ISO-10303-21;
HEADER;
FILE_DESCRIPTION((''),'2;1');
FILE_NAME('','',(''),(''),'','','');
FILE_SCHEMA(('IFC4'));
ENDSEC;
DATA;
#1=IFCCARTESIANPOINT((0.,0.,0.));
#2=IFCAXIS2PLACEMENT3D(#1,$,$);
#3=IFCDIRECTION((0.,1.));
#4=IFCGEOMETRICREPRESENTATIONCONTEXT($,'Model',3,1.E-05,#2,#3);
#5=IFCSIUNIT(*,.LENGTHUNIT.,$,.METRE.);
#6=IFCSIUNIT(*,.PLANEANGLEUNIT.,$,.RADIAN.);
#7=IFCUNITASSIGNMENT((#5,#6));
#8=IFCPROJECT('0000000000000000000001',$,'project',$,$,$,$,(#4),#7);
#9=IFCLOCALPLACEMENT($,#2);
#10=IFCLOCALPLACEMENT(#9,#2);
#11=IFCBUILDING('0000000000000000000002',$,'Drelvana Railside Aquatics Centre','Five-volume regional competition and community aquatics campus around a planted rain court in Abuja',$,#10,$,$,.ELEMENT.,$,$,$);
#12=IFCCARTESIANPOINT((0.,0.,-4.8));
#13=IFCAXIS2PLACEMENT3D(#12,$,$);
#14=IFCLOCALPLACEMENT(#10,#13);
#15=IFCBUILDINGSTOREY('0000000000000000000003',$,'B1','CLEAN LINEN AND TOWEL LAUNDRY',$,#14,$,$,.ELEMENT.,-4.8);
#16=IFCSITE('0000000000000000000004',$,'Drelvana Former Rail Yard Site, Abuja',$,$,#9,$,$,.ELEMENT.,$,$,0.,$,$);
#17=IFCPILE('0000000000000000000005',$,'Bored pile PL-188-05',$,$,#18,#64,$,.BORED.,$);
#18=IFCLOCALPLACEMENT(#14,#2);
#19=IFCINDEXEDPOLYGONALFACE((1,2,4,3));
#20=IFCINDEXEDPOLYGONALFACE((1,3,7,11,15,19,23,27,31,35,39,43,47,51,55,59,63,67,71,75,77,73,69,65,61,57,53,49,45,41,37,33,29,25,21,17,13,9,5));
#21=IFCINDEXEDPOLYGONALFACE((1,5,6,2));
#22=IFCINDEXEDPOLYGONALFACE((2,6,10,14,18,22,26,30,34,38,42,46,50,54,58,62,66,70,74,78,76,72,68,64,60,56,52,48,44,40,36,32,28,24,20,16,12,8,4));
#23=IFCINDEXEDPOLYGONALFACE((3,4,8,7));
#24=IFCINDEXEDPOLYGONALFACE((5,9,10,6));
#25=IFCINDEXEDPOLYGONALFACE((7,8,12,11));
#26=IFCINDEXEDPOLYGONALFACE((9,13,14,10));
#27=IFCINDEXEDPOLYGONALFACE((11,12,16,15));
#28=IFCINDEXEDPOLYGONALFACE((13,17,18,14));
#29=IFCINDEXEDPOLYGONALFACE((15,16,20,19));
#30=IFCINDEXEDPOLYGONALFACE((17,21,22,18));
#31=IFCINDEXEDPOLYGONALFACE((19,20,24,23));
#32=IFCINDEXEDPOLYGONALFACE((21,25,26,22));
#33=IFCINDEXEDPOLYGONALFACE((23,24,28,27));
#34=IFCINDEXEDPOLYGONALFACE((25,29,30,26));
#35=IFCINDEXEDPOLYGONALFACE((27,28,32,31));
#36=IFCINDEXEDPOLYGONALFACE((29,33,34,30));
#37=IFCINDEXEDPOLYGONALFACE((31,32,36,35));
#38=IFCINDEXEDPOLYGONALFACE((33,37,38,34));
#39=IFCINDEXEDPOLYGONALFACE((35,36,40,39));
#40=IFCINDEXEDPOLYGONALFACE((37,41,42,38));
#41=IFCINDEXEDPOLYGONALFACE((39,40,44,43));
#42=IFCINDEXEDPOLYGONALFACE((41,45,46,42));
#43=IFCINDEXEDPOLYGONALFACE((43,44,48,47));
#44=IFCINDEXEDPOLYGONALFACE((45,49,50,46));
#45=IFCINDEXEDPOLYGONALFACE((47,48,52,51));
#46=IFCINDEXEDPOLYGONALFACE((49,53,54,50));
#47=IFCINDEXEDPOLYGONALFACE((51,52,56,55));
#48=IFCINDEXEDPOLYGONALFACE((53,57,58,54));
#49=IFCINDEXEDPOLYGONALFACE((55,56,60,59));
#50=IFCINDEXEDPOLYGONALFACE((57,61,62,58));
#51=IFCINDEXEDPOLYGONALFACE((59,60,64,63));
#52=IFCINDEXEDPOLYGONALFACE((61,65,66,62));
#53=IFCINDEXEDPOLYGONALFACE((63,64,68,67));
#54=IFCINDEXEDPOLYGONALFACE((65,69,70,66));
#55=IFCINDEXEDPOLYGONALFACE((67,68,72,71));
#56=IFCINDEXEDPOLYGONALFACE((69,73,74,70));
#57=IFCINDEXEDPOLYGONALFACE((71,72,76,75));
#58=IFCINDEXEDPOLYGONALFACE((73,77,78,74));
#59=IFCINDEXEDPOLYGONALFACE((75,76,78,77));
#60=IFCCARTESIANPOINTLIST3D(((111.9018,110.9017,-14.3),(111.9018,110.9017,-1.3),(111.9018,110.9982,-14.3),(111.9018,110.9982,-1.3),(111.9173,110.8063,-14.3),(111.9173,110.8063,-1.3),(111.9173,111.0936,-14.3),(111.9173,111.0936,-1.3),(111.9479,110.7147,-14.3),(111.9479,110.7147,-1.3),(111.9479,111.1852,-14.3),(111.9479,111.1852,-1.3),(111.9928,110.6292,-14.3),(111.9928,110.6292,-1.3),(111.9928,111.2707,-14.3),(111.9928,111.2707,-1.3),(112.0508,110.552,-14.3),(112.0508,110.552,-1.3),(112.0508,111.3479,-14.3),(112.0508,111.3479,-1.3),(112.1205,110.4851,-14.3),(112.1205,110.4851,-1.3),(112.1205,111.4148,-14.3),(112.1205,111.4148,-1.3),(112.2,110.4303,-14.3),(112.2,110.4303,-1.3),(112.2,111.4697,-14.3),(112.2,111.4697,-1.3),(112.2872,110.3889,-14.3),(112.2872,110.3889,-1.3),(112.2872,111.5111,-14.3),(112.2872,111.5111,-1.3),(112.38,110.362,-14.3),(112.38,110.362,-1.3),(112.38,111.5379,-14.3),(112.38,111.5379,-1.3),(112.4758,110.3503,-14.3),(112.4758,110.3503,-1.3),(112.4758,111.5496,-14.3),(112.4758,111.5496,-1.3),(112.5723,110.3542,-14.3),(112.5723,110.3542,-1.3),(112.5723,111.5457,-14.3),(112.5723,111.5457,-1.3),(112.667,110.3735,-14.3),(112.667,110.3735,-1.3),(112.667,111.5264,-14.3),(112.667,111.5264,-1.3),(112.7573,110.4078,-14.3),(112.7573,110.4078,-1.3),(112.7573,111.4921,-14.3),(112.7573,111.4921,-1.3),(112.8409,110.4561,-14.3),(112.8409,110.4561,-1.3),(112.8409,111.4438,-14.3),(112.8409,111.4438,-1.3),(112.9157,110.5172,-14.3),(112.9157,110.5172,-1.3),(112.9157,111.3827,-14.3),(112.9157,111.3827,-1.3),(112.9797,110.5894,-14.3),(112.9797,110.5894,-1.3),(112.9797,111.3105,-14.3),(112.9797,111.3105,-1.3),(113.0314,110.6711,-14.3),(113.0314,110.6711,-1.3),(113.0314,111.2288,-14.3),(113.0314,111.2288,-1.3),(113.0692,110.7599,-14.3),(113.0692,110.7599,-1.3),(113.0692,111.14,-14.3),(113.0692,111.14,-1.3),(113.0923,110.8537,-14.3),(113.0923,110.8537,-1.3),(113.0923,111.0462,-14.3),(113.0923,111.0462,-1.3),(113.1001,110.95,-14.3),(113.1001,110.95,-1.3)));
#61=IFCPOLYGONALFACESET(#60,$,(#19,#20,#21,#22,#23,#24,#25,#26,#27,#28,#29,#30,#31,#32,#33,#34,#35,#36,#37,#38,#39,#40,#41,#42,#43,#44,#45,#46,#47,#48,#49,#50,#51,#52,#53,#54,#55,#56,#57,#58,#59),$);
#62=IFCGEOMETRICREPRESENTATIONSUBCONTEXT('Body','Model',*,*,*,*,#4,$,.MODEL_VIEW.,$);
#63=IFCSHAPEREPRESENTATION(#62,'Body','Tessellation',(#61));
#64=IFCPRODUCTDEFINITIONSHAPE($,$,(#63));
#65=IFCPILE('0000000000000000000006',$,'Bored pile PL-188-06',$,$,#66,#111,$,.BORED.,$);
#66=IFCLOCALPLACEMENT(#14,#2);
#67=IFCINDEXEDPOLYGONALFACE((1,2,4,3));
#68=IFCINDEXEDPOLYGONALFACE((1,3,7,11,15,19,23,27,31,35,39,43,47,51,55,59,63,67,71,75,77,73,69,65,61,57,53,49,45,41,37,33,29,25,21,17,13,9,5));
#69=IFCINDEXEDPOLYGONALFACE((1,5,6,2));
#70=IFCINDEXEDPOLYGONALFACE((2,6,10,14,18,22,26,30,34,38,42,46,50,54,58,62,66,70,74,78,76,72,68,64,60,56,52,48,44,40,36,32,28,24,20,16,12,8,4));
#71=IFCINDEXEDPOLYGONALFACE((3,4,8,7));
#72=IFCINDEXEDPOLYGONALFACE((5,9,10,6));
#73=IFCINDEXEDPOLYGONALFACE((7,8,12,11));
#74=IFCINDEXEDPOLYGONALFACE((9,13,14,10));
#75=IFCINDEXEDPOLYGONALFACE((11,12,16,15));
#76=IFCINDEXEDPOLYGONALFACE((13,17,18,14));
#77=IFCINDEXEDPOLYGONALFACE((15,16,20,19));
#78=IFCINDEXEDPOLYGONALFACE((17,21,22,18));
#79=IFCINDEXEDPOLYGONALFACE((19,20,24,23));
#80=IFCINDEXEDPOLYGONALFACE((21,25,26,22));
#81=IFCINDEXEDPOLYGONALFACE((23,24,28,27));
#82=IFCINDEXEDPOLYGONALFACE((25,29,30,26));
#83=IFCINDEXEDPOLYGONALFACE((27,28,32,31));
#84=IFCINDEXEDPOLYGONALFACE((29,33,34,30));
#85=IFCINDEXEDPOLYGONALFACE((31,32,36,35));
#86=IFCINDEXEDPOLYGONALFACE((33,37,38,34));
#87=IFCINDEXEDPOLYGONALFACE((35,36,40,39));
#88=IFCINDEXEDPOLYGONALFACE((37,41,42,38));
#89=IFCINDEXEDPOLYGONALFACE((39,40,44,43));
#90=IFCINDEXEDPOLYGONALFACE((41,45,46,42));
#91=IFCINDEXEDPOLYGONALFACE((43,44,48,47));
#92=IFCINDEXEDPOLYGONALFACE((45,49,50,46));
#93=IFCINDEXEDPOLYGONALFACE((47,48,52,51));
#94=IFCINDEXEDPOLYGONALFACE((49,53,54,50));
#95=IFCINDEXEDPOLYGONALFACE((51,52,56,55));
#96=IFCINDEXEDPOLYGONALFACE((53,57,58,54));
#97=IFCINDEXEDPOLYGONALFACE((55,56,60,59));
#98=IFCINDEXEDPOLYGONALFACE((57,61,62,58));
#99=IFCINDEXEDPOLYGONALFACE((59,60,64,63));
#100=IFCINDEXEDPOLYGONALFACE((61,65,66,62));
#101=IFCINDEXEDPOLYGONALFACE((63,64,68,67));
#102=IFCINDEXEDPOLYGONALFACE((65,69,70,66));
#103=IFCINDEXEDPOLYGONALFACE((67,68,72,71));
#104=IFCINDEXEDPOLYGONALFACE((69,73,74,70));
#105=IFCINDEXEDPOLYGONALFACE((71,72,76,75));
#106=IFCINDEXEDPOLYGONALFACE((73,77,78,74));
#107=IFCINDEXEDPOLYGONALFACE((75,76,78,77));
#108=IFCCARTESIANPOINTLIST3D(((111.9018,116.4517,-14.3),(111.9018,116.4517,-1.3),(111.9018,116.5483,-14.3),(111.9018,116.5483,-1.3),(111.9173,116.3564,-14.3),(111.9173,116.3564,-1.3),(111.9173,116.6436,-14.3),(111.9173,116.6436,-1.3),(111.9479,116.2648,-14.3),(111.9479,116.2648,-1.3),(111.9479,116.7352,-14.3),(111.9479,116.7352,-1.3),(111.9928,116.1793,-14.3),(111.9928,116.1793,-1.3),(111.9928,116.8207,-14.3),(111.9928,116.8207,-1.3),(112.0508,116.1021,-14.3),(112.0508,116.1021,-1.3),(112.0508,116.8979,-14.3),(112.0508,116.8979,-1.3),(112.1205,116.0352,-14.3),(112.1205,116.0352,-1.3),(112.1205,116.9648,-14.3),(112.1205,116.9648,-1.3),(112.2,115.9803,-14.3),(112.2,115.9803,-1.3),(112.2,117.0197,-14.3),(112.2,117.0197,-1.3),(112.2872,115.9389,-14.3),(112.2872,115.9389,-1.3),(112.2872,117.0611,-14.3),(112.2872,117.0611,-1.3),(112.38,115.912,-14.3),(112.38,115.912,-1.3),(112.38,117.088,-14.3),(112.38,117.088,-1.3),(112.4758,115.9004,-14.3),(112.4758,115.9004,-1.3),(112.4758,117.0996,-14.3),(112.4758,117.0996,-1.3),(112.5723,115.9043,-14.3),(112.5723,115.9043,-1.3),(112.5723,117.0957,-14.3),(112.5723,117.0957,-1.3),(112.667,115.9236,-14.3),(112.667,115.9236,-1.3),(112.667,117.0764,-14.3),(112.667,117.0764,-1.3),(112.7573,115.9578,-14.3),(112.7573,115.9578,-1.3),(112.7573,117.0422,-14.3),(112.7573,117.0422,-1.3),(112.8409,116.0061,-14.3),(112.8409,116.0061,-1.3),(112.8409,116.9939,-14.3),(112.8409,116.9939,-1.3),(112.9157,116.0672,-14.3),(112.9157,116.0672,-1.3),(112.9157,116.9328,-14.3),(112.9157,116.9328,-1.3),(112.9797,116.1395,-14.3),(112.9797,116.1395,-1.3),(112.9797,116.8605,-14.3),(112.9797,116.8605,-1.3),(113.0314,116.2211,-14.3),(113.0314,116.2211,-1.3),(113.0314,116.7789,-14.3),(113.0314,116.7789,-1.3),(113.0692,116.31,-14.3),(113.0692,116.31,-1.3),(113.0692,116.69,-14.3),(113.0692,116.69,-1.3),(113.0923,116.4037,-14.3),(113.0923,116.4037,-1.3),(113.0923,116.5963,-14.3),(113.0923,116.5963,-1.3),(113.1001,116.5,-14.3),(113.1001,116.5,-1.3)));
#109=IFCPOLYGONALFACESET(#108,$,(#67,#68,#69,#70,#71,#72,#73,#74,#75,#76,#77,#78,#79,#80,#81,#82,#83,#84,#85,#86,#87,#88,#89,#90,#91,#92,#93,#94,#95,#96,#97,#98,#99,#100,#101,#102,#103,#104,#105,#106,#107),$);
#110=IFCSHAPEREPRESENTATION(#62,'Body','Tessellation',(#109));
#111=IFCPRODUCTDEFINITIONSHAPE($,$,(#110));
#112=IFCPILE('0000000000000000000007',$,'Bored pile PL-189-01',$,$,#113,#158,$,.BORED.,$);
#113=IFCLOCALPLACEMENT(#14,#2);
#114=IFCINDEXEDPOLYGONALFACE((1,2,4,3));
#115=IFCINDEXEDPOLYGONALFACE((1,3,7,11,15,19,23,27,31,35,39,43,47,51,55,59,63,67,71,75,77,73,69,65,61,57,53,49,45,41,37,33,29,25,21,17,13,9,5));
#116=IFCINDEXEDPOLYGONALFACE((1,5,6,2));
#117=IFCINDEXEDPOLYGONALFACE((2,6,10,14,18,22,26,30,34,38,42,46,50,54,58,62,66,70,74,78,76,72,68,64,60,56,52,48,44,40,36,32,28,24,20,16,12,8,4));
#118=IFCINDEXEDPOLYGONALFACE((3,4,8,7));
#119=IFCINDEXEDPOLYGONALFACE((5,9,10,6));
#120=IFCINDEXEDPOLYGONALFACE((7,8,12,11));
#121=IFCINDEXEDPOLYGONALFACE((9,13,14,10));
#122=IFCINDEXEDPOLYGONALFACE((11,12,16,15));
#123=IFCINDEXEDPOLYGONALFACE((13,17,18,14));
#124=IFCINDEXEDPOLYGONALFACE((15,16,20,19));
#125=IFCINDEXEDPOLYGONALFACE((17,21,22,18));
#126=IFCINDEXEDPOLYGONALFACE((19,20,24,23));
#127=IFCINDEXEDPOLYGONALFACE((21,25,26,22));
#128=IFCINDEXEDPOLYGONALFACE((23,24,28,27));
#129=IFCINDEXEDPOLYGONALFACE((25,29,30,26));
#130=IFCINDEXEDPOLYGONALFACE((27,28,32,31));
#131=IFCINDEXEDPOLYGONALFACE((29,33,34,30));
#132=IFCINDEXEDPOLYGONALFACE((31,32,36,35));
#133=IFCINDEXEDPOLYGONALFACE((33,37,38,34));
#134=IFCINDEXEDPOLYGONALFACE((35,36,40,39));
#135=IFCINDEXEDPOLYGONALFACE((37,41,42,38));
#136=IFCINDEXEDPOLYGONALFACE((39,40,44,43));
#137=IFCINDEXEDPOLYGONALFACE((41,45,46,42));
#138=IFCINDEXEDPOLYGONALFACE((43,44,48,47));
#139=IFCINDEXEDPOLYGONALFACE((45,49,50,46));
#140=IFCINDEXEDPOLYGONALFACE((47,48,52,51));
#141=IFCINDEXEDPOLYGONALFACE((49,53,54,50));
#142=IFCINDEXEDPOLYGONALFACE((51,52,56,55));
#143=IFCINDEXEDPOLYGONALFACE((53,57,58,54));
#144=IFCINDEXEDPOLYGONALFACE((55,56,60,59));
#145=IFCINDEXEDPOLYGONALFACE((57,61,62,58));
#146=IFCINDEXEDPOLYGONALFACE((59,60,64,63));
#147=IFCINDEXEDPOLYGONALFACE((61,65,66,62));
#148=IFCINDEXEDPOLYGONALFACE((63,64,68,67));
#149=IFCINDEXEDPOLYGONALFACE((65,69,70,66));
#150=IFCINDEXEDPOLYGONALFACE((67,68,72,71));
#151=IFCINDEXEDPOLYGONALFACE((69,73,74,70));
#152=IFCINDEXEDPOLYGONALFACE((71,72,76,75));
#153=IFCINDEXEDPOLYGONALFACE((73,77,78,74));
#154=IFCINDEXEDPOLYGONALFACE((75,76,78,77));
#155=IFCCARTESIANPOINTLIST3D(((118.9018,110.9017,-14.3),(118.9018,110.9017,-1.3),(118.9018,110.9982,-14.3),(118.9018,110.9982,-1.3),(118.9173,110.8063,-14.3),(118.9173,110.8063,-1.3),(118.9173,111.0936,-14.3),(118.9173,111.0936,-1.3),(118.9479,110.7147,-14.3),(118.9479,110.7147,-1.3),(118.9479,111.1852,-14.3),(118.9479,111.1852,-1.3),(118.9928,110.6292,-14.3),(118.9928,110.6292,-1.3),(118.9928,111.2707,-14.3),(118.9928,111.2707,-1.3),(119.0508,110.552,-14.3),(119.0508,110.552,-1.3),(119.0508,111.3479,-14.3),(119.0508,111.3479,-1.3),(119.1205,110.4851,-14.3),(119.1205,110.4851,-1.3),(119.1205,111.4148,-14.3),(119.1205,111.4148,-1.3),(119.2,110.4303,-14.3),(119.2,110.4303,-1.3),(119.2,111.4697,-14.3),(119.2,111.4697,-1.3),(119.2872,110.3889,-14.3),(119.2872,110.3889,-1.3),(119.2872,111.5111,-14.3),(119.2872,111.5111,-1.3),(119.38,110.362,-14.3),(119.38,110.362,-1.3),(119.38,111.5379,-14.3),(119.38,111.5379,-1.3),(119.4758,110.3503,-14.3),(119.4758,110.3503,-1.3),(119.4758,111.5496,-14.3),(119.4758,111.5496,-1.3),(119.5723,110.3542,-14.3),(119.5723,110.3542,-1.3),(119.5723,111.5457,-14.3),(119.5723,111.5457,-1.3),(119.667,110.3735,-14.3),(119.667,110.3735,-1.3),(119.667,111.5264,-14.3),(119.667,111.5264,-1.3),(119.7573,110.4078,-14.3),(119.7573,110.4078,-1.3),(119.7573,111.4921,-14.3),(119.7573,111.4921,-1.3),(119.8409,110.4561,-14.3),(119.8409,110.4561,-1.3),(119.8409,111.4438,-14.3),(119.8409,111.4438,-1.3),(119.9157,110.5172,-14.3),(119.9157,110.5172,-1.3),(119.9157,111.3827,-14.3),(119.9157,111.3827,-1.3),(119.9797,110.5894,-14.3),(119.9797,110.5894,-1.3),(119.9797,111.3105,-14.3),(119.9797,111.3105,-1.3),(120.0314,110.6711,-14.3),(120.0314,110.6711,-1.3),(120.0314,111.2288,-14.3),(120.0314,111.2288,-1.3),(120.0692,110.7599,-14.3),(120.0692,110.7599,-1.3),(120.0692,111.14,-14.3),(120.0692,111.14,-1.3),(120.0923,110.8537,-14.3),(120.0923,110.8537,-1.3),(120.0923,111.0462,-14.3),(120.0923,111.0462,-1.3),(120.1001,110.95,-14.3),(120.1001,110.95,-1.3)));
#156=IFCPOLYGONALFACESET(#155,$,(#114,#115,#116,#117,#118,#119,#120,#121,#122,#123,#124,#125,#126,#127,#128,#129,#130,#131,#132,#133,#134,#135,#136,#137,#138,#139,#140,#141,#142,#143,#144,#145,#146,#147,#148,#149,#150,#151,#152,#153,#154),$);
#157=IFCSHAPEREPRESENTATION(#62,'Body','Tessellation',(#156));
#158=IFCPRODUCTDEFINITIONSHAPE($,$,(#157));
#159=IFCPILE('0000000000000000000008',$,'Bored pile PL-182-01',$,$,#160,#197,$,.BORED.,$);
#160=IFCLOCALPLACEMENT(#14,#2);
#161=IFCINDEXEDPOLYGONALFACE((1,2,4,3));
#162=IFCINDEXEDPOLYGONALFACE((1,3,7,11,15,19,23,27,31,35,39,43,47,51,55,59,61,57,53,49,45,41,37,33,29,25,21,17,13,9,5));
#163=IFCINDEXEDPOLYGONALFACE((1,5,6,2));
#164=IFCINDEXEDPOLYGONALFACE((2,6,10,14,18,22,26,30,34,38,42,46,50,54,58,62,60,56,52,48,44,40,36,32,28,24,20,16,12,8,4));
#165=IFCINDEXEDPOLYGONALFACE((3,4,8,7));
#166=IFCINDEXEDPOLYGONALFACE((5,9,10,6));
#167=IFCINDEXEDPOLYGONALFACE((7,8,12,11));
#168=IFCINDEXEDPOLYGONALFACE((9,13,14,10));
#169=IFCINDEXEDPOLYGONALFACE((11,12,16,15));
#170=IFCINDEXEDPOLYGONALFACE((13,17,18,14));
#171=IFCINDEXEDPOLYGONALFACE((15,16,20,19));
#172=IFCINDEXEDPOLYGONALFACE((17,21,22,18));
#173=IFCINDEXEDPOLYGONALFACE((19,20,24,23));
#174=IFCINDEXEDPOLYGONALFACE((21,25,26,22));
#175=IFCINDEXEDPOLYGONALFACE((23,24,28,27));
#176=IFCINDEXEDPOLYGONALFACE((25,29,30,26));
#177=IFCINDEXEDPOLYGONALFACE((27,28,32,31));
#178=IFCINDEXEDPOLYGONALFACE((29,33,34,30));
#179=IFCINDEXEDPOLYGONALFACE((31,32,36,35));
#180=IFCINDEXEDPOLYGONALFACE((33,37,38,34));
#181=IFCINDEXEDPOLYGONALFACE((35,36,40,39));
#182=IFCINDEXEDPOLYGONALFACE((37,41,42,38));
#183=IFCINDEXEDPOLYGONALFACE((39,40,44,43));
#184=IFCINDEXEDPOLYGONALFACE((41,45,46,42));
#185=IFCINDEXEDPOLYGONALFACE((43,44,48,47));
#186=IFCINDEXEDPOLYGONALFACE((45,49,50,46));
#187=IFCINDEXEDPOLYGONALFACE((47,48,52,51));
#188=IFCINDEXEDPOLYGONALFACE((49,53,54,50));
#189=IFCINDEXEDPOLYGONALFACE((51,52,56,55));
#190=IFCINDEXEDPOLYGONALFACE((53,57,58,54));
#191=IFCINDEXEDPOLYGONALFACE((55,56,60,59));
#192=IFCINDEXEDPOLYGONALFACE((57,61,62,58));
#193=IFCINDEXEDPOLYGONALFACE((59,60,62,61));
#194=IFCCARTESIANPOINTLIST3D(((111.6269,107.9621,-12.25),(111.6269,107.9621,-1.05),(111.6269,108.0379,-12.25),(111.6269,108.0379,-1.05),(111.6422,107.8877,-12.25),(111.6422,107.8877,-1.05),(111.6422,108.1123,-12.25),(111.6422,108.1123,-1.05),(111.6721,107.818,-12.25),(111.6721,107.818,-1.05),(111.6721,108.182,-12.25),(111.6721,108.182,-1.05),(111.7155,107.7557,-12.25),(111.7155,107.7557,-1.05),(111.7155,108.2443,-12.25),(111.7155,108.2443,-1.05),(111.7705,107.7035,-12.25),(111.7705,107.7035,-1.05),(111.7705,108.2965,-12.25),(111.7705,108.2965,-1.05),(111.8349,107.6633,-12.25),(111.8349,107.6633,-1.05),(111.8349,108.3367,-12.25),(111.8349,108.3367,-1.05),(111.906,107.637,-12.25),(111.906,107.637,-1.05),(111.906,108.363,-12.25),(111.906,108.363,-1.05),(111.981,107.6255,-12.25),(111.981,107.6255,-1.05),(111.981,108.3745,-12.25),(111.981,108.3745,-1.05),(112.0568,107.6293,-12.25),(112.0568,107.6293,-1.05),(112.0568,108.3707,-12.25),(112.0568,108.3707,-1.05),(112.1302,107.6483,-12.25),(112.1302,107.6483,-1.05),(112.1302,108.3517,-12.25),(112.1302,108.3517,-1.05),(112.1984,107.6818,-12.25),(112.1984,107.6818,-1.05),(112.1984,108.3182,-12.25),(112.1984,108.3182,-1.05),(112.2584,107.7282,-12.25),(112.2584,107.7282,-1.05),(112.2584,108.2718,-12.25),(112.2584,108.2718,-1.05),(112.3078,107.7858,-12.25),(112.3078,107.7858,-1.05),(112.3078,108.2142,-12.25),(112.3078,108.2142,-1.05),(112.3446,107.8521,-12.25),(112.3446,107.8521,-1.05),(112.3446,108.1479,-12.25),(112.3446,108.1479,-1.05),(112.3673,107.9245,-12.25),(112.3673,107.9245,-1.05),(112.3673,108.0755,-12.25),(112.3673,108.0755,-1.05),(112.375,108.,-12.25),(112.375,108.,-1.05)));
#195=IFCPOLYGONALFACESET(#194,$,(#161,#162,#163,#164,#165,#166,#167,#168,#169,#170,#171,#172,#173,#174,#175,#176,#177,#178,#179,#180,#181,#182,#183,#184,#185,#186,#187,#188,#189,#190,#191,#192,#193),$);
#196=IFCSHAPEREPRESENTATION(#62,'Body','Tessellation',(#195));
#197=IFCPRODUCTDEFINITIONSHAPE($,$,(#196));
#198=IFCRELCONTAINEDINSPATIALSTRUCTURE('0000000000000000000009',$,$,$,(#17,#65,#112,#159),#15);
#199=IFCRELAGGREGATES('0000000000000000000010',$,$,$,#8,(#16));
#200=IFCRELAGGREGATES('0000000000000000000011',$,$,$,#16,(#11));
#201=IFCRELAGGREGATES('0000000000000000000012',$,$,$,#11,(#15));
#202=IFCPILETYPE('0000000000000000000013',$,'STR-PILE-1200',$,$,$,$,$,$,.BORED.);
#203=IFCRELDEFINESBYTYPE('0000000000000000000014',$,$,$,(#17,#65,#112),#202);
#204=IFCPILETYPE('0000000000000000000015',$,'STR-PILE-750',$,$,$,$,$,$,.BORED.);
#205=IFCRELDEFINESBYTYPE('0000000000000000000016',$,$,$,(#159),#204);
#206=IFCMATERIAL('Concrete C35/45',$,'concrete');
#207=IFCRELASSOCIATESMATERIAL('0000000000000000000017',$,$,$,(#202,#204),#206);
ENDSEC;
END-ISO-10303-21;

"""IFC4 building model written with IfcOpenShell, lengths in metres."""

from ifc_helpers import new_model, si_unit, direction, frame, origin, origin_2d, place, context, subcontext, project, spatial, circle, extrude, material, material_profile, profile_set, type_object, element, save


model = new_model("IFC4")

# Units and contexts
model_context = context("Model", 3, precision=1e-05, world=origin(), true_north=direction((0.0, 1.0)))
body_context = subcontext(model_context, "Body", "Model", "MODEL_VIEW")
ifc_project = project(units=[si_unit("LENGTHUNIT", "METRE"), si_unit("PLANEANGLEUNIT", "RADIAN")], contexts=[model_context])

# Site, building, storey
site_placement = place(None, origin())
site = spatial("IfcSite", under=ifc_project, at=site_placement, Name="Drelvana Former Rail Yard Site, Abuja", CompositionType="ELEMENT", RefElevation=0.0)
building_placement = place(site_placement, origin())
building = spatial("IfcBuilding", under=site, at=building_placement, Name="Drelvana Railside Aquatics Centre", Description="Five-volume regional competition and community aquatics campus around a planted rain court in Abuja", CompositionType="ELEMENT")
storey_placement = place(building_placement, frame((0.0, 0.0, -4.8)))
storey = spatial("IfcBuildingStorey", under=building, at=storey_placement, Name="B1", Description="CLEAN LINEN AND TOWEL LAUNDRY", CompositionType="ELEMENT", Elevation=-4.8)

# Shared definitions
ifc_material_1 = material(Name="Concrete C35/45", Category="concrete")

# Piles
ifc_material_profile_1 = material_profile(ifc_material_1, circle(Radius=0.6001, at=origin_2d()), Name="PILE D1200")
ifc_profile_set_1 = profile_set([ifc_material_profile_1], Name="Concrete C35/45")
pile_type_1 = type_object("IfcPileType", Name="STR-PILE-1200", PredefinedType="BORED", material=ifc_profile_set_1)
for number, where, z_axis, x_axis, name in (
    (1, (112.5, 110.95, -1.3), (0.0, 0.0, -1.0), (1.0, 0.0, 0.0), "Bored pile PL-188-05"),
    (2, (112.5, 116.5, -1.3), (0.0, 0.0, -1.0), (1.0, 0.0, 0.0), "Bored pile PL-188-06"),
    (3, (119.5, 110.95, -1.3), (0.0, 0.0, -1.0), (1.0, 0.0, 0.0), "Bored pile PL-189-01"),
):
    element("IfcPile", number, at=place(storey_placement, frame(where, z_axis=z_axis, x_axis=x_axis)), inside=storey, type_object=pile_type_1, Name=name, PredefinedType="BORED", context=body_context, shape_type="SweptSolid", body=[
        extrude(circle(Radius=0.6001, at=origin_2d()), origin(), (0.0, 0.0, 1.0), 13.0),
    ])
ifc_material_profile_2 = material_profile(ifc_material_1, circle(Radius=0.375, at=origin_2d()), Name="PILE D750")
ifc_profile_set_2 = profile_set([ifc_material_profile_2], Name="Concrete C35/45")
pile_type_2 = type_object("IfcPileType", Name="STR-PILE-750", PredefinedType="BORED", material=ifc_profile_set_2)
pile_placement = place(storey_placement, frame((112.0, 108.0, -1.05), z_axis=(0.0, 0.0, -1.0), x_axis=(1.0, 0.0, 0.0)))
element("IfcPile", 4, at=pile_placement, inside=storey, type_object=pile_type_2, Name="Bored pile PL-182-01", PredefinedType="BORED", context=body_context, shape_type="SweptSolid", body=[
    extrude(circle(Radius=0.375, at=origin_2d()), origin(), (0.0, 0.0, 1.0), 11.2),
])

save(model, "model.ifc")
